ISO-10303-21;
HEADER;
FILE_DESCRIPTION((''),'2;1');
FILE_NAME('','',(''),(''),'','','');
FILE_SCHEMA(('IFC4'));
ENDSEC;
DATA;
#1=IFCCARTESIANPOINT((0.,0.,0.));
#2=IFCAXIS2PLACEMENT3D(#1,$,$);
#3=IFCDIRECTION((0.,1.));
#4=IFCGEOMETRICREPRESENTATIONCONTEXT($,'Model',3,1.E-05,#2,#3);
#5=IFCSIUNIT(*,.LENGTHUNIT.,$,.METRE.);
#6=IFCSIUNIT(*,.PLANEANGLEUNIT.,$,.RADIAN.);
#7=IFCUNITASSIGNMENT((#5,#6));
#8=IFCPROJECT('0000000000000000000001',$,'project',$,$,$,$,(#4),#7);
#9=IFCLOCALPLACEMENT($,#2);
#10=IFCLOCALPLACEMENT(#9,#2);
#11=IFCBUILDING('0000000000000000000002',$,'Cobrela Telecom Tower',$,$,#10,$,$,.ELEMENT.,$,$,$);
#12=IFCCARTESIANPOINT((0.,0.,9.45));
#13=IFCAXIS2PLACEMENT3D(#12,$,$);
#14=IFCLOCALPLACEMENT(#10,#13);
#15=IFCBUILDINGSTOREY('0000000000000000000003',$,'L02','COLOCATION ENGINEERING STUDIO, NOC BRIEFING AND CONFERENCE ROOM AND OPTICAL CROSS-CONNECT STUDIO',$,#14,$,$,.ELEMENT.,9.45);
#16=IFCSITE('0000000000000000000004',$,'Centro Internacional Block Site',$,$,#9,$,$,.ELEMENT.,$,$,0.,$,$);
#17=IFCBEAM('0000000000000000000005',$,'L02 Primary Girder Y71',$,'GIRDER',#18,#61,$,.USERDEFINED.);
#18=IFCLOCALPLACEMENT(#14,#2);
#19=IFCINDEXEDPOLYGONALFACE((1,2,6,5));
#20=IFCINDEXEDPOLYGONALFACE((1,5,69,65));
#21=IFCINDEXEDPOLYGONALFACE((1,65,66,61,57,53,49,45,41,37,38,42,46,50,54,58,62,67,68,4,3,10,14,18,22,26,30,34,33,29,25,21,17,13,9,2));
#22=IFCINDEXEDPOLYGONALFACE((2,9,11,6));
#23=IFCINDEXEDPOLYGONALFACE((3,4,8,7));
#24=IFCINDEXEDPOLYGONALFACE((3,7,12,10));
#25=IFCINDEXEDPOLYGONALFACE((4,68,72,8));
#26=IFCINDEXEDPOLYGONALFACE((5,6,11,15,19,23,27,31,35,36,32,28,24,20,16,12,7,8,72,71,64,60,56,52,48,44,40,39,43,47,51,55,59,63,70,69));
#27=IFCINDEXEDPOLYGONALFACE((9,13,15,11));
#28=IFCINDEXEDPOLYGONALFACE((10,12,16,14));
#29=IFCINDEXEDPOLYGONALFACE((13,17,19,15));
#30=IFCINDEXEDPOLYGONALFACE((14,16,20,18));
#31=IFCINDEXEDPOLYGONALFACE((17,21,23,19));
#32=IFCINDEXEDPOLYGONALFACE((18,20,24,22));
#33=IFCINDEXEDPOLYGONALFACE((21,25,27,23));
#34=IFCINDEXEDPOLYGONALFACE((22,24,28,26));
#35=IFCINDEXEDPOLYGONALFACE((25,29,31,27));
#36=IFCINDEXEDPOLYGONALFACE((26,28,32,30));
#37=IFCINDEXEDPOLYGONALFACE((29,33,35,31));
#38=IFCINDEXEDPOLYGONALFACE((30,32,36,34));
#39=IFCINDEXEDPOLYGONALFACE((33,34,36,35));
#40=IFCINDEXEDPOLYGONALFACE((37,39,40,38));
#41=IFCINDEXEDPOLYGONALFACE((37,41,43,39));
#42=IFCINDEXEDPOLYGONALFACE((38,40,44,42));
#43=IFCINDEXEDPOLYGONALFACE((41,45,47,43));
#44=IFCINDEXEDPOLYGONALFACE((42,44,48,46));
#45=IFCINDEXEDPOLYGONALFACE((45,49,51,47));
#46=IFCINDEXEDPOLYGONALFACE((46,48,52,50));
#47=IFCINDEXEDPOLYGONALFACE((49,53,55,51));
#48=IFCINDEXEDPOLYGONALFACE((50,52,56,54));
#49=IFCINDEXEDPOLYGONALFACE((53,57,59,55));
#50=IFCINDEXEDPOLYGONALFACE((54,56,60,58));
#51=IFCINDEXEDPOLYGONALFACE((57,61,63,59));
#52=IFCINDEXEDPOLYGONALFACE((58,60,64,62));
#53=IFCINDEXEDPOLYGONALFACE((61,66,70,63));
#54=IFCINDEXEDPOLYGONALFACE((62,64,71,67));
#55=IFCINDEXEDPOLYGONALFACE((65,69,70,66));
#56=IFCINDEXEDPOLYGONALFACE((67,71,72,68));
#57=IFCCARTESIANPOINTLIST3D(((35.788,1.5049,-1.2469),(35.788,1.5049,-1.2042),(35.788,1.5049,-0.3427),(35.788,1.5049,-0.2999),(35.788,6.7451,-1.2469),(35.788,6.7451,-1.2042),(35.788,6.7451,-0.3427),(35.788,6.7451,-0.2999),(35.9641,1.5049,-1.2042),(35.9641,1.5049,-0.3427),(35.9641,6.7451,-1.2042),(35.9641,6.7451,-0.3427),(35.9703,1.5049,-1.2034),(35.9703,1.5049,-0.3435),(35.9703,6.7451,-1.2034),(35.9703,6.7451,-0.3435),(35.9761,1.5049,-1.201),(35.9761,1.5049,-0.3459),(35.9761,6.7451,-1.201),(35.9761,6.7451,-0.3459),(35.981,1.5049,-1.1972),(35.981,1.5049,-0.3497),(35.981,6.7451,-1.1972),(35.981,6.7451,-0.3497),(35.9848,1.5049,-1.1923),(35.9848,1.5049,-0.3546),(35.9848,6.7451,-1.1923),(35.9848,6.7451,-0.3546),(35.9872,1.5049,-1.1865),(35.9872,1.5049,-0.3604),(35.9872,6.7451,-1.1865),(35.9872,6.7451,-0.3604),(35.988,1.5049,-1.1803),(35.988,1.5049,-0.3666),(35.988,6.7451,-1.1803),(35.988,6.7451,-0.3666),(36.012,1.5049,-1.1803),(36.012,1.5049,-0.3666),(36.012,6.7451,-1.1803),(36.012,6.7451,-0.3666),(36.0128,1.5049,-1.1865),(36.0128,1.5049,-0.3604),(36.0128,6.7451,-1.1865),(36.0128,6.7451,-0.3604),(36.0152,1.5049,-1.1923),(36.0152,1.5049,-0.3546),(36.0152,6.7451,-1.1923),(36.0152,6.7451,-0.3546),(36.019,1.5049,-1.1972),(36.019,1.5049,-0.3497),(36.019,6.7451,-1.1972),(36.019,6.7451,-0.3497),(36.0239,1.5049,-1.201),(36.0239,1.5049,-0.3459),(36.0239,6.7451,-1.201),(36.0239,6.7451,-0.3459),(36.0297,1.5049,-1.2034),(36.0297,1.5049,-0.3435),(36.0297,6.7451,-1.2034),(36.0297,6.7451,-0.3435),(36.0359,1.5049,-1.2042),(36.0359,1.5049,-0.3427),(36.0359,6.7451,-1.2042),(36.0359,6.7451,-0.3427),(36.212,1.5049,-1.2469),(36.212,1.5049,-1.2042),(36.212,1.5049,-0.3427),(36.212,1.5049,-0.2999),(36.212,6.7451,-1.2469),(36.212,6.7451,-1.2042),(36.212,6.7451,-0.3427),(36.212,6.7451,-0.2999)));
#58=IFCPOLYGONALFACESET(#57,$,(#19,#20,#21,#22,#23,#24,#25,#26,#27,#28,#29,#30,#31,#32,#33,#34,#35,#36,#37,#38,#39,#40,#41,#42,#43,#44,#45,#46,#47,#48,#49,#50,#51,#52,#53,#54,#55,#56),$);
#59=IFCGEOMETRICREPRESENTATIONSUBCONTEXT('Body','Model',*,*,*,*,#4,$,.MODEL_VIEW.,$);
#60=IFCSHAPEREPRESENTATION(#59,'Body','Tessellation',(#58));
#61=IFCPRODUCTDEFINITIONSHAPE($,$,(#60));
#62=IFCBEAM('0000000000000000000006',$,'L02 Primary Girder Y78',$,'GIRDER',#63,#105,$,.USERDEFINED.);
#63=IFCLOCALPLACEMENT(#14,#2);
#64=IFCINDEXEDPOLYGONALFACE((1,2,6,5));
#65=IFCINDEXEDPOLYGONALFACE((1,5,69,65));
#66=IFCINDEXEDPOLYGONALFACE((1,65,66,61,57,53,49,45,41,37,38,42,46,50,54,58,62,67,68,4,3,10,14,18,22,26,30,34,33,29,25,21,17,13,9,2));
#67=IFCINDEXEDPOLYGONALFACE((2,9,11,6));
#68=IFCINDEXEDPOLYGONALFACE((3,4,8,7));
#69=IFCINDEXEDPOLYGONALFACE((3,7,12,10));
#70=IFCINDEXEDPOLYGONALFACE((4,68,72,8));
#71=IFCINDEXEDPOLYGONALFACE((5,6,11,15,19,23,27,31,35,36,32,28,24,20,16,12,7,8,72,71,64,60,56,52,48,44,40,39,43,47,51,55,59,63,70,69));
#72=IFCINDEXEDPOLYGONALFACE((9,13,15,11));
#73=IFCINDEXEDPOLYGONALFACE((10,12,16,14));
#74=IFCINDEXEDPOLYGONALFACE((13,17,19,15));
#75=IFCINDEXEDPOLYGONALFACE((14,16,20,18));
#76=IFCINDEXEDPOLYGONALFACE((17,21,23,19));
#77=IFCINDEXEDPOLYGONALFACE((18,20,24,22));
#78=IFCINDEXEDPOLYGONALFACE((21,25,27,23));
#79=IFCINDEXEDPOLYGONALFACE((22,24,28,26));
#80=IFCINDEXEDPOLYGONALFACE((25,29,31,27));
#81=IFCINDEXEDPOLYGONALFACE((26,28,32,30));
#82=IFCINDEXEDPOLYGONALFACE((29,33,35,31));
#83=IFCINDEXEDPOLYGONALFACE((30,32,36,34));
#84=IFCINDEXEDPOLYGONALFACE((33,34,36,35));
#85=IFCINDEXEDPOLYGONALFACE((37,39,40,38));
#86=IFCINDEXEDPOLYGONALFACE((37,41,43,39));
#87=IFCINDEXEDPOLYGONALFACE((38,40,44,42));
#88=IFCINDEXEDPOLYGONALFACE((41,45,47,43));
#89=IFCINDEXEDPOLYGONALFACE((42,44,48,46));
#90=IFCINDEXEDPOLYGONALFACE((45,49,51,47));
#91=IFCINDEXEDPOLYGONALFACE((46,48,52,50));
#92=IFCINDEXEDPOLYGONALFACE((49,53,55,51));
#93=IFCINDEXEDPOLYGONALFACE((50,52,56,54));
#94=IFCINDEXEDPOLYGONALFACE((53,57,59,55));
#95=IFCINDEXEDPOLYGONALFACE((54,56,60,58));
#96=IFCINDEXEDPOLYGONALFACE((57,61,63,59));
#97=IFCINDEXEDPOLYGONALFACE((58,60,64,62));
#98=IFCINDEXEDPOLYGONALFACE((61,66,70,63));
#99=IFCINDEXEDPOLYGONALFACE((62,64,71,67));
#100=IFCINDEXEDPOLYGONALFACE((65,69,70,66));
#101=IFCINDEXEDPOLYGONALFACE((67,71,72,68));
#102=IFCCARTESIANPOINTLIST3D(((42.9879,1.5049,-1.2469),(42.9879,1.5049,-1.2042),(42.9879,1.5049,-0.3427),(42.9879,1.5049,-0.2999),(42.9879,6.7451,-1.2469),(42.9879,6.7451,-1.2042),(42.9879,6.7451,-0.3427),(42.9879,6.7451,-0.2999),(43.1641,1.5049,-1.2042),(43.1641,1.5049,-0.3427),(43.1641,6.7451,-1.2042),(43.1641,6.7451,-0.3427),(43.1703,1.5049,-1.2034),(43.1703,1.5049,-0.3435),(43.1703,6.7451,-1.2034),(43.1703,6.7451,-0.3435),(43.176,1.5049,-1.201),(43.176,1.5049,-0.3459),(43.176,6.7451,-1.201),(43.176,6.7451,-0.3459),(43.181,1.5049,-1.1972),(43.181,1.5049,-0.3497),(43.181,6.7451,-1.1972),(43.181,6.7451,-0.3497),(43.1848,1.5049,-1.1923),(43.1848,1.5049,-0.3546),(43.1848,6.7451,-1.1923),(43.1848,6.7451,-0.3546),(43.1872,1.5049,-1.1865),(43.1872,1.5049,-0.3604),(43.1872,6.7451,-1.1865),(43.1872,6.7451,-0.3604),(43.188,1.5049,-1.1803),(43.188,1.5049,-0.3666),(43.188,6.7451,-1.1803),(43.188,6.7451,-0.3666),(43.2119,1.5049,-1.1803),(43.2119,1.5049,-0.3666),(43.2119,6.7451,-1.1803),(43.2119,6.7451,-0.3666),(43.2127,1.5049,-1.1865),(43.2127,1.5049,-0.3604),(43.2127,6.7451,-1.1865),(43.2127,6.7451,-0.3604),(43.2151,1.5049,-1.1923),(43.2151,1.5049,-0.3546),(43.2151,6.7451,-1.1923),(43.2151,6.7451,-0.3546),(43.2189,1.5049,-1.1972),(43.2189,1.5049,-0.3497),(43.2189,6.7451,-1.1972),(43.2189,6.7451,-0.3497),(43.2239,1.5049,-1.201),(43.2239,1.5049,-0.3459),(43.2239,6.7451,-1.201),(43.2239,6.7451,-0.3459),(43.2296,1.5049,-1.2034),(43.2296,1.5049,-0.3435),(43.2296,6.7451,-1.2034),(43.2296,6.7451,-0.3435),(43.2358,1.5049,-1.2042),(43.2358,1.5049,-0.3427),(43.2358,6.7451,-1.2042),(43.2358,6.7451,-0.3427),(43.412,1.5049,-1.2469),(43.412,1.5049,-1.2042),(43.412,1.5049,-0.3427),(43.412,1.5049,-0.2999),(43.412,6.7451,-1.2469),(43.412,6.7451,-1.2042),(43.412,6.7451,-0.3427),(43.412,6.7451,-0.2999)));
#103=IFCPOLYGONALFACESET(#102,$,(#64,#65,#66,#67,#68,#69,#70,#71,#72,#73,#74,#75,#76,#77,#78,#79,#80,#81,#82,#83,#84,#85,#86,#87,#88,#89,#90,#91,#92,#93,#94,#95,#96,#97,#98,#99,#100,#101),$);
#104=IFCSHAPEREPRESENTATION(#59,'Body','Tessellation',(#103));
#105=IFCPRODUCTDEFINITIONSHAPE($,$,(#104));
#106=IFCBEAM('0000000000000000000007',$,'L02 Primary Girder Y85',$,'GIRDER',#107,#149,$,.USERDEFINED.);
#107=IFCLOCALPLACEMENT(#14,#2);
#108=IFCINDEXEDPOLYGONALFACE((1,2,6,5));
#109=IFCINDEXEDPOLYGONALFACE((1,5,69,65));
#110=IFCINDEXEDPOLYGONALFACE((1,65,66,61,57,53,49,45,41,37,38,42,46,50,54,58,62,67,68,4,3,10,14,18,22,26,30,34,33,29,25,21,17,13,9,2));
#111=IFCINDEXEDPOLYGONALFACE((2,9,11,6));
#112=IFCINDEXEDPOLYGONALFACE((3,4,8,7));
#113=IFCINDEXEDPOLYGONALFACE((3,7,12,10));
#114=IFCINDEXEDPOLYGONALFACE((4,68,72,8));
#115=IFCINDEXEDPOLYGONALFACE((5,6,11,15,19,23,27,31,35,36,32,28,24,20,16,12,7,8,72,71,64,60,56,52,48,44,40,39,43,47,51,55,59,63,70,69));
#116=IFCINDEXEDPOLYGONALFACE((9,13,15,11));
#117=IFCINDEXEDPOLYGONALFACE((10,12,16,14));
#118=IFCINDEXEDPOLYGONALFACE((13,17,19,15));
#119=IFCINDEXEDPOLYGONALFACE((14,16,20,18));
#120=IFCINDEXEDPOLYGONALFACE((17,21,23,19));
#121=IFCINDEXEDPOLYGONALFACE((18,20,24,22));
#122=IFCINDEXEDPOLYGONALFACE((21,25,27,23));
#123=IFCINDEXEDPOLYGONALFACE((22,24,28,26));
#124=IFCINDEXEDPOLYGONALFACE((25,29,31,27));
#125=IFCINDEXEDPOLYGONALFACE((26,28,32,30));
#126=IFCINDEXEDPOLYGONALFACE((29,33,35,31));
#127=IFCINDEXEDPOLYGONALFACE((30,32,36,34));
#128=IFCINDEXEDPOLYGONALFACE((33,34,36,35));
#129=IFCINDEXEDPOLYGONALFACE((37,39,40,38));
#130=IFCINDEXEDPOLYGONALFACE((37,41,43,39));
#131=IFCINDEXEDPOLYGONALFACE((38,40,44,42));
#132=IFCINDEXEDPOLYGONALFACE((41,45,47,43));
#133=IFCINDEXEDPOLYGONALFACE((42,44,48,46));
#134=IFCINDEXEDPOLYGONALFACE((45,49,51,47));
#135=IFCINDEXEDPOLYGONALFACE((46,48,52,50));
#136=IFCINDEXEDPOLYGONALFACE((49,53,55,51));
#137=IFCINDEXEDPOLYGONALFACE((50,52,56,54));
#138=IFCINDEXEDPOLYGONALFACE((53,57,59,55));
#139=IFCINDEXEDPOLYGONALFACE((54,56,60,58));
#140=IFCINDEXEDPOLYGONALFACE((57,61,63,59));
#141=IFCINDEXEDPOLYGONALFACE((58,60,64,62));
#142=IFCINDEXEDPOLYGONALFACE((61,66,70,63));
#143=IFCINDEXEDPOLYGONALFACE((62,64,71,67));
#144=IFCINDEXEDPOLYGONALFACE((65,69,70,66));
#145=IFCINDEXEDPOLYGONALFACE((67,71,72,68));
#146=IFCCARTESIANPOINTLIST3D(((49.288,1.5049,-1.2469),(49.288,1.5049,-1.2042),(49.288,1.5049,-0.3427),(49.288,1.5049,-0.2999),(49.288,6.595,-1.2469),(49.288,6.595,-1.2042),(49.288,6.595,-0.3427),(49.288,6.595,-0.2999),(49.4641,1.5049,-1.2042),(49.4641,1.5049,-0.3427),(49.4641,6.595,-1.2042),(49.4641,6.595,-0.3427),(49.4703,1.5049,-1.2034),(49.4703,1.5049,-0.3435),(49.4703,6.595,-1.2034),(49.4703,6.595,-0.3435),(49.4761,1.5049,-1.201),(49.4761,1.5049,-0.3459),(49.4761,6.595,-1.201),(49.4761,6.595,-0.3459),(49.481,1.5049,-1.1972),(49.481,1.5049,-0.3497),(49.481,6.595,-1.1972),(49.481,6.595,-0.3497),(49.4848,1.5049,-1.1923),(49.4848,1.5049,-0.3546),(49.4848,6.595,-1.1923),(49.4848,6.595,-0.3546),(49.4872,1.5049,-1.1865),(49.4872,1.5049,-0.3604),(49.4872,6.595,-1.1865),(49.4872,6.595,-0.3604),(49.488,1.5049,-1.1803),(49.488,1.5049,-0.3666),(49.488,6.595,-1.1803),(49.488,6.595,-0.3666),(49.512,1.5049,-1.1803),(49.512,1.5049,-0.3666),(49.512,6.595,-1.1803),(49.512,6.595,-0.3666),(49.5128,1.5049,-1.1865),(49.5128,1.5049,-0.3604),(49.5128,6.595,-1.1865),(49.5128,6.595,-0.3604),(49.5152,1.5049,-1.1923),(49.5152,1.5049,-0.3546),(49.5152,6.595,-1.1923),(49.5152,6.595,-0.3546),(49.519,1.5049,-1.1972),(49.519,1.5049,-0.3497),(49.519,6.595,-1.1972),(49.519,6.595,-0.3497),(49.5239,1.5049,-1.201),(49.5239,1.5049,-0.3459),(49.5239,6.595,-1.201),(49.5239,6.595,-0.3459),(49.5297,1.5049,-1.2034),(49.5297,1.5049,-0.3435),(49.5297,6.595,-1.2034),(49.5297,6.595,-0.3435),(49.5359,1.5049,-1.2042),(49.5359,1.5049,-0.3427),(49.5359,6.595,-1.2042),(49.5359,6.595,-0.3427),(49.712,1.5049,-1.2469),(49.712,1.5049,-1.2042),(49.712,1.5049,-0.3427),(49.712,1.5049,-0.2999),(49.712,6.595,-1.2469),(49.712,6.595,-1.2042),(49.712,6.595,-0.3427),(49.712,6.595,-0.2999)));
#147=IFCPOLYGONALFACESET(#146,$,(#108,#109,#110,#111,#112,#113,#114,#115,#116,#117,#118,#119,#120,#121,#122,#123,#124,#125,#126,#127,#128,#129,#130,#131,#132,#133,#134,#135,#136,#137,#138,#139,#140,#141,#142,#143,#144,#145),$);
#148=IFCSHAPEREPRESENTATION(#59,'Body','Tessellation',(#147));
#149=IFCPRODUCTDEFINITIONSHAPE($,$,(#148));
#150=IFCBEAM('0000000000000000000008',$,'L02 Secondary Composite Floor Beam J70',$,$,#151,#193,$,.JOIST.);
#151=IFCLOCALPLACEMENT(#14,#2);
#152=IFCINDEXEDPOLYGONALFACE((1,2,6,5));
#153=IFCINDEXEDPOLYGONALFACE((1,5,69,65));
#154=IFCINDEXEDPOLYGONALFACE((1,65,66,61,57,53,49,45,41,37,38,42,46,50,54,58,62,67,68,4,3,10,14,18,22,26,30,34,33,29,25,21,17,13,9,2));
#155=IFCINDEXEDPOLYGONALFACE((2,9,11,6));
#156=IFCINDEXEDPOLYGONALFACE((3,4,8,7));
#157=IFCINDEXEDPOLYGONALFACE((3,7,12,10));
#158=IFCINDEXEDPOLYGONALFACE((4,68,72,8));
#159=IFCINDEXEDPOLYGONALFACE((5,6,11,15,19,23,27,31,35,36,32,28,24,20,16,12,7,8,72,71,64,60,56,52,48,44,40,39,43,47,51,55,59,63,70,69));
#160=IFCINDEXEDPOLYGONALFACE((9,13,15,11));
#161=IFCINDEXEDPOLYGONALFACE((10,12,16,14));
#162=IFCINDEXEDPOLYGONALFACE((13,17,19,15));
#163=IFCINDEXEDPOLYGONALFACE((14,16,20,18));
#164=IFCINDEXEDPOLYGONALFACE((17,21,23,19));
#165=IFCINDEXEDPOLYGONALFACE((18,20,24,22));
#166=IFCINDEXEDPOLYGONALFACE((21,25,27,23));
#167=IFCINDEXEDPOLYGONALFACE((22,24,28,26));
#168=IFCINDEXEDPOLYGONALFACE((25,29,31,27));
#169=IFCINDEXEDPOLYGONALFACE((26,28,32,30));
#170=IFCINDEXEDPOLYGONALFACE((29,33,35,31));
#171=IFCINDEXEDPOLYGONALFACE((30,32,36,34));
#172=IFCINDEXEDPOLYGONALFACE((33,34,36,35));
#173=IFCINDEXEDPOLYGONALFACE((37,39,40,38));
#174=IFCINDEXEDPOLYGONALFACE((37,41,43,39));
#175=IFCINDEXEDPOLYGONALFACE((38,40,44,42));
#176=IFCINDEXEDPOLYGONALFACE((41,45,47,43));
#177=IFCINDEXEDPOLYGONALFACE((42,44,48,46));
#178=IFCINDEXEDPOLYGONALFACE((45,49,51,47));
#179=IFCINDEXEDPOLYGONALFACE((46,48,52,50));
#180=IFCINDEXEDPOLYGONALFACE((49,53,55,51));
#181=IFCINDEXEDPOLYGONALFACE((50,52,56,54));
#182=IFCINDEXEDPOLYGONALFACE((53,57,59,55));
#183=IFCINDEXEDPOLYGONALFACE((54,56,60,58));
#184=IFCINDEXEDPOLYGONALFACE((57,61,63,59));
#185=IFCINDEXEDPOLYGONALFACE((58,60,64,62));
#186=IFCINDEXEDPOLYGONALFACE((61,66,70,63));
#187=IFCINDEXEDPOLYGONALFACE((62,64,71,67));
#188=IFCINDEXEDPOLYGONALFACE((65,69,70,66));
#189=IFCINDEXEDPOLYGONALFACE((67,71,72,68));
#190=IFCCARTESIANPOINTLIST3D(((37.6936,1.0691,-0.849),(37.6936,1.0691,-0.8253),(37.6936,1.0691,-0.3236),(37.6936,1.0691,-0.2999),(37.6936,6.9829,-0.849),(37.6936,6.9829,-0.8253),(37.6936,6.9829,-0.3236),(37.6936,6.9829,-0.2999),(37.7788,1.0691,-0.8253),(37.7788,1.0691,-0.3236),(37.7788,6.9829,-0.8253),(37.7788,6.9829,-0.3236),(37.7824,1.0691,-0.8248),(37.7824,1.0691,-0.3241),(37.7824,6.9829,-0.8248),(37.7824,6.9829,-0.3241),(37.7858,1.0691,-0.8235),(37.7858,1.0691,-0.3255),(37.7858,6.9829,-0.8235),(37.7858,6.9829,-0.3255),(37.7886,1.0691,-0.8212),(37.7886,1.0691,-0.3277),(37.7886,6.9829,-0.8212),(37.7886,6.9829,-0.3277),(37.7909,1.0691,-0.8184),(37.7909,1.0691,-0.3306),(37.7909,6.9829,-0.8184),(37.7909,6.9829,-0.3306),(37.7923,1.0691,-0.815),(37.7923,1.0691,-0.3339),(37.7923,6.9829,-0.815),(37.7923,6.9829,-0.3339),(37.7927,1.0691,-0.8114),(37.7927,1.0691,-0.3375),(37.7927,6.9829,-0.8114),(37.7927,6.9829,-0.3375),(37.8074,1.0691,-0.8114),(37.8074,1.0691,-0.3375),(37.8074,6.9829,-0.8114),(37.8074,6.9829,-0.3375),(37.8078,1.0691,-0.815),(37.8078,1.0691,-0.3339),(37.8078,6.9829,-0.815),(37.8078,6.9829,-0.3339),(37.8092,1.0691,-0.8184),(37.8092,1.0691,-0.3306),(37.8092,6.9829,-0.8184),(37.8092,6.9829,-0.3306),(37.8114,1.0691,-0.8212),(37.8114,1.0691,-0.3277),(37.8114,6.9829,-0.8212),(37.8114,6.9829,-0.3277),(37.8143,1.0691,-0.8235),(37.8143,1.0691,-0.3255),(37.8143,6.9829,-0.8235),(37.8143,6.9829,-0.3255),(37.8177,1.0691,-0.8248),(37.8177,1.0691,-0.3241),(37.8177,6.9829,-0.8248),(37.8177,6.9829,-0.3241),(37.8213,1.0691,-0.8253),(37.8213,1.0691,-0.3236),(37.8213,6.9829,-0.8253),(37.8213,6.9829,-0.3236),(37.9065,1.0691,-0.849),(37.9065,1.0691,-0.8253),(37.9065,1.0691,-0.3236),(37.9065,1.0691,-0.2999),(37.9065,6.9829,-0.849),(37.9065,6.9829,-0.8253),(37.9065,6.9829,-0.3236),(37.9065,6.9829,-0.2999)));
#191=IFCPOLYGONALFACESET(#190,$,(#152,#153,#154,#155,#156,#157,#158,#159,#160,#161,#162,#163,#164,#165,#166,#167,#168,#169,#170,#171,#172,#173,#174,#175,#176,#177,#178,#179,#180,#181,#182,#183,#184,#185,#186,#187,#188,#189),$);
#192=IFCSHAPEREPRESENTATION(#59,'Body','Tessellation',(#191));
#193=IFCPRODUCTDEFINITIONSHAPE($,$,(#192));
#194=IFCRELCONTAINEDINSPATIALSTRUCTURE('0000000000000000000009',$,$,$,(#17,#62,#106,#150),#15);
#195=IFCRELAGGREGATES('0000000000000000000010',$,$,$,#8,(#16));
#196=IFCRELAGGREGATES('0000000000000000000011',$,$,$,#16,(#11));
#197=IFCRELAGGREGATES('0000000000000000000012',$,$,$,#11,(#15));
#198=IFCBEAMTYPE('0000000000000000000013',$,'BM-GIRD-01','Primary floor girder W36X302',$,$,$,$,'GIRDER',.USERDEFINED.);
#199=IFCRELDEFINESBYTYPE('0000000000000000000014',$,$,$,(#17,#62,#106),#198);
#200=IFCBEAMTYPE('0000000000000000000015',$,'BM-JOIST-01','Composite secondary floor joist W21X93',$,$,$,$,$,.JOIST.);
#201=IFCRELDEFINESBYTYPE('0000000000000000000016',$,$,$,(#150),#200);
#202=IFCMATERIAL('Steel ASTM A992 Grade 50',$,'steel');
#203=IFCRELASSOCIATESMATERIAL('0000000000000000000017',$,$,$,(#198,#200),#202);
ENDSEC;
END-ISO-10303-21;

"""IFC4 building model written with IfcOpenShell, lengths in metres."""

from ifc_helpers import new_model, si_unit, direction, frame, origin, origin_2d, place, context, subcontext, project, spatial, i_section, extrude, material, material_profile, profile_set, type_object, element, save


model = new_model("IFC4")

# Units and contexts
model_context = context("Model", 3, precision=1e-05, world=origin(), true_north=direction((0.0, 1.0)))
body_context = subcontext(model_context, "Body", "Model", "MODEL_VIEW")
ifc_project = project(units=[si_unit("LENGTHUNIT", "METRE"), si_unit("PLANEANGLEUNIT", "RADIAN")], contexts=[model_context])

# Site, building, storey
site_placement = place(None, origin())
site = spatial("IfcSite", under=ifc_project, at=site_placement, Name="Centro Internacional Block Site", CompositionType="ELEMENT", RefElevation=0.0)
building_placement = place(site_placement, origin())
building = spatial("IfcBuilding", under=site, at=building_placement, Name="Cobrela Telecom Tower", CompositionType="ELEMENT")
storey_placement = place(building_placement, frame((0.0, 0.0, 9.45)))
storey = spatial("IfcBuildingStorey", under=building, at=storey_placement, Name="L02", Description="COLOCATION ENGINEERING STUDIO, NOC BRIEFING AND CONFERENCE ROOM AND OPTICAL CROSS-CONNECT STUDIO", CompositionType="ELEMENT", Elevation=9.45)

# Beams
ifc_material_1 = material(Name="Steel ASTM A992 Grade 50", Category="steel")
ifc_material_profile_1 = material_profile(ifc_material_1, i_section(OverallWidth=0.4241, OverallDepth=0.947, WebThickness=0.0239, FlangeThickness=0.0427, FilletRadius=0.0239, at=origin_2d()), Name="W36X302")
ifc_profile_set_1 = profile_set([ifc_material_profile_1], Name="Steel ASTM A992 Grade 50")
beam_type_1 = type_object("IfcBeamType", Name="BM-GIRD-01", Description="Primary floor girder W36X302", ElementType="GIRDER", PredefinedType="USERDEFINED", material=ifc_profile_set_1)
for number, where, z_axis, x_axis, name in (
    (1, (36.0, 1.5049, -0.7734), (0.0, 1.0, 0.0), (-1.0, 0.0, 0.0), "L02 Primary Girder Y71"),
    (2, (43.2, 1.5049, -0.7734), (0.0, 1.0, 0.0), (-1.0, 0.0, 0.0), "L02 Primary Girder Y78"),
):
    element("IfcBeam", number, at=place(storey_placement, frame(where, z_axis=z_axis, x_axis=x_axis)), inside=storey, type_object=beam_type_1, Name=name, ObjectType="GIRDER", PredefinedType="USERDEFINED", context=body_context, shape_type="SweptSolid", body=[
        extrude(i_section(OverallWidth=0.4241, OverallDepth=0.947, WebThickness=0.0239, FlangeThickness=0.0427, FilletRadius=0.0239, at=origin_2d()), origin(), (0.0, 0.0, 1.0), 5.2402),
    ])
beam_1_placement = place(storey_placement, frame((49.5, 1.5049, -0.7734), z_axis=(0.0, 1.0, 0.0), x_axis=(-1.0, 0.0, 0.0)))
element("IfcBeam", 3, at=beam_1_placement, inside=storey, type_object=beam_type_1, Name="L02 Primary Girder Y85", ObjectType="GIRDER", PredefinedType="USERDEFINED", context=body_context, shape_type="SweptSolid", body=[
    extrude(i_section(OverallWidth=0.4241, OverallDepth=0.947, WebThickness=0.0239, FlangeThickness=0.0427, FilletRadius=0.0239, at=origin_2d()), origin(), (0.0, 0.0, 1.0), 5.0901),
])
ifc_material_profile_2 = material_profile(ifc_material_1, i_section(OverallWidth=0.2129, OverallDepth=0.5491, WebThickness=0.0146, FlangeThickness=0.0237, FilletRadius=0.0139, at=origin_2d()), Name="W21X93")
ifc_profile_set_2 = profile_set([ifc_material_profile_2], Name="Steel ASTM A992 Grade 50")
beam_type_2 = type_object("IfcBeamType", Name="BM-JOIST-01", Description="Composite secondary floor joist W21X93", PredefinedType="JOIST", material=ifc_profile_set_2)
for number, where, z_axis, x_axis, name in (
    (4, (37.8, 1.0691, -0.5745), (0.0, 1.0, 0.0), (-1.0, 0.0, 0.0), "L02 Secondary Composite Floor Beam J70"),
):
    element("IfcBeam", number, at=place(storey_placement, frame(where, z_axis=z_axis, x_axis=x_axis)), inside=storey, type_object=beam_type_2, Name=name, PredefinedType="JOIST", context=body_context, shape_type="SweptSolid", body=[
        extrude(i_section(OverallWidth=0.2129, OverallDepth=0.5491, WebThickness=0.0146, FlangeThickness=0.0237, FilletRadius=0.0139, at=origin_2d()), origin(), (0.0, 0.0, 1.0), 5.9138),
    ])

save(model, "model.ifc")
